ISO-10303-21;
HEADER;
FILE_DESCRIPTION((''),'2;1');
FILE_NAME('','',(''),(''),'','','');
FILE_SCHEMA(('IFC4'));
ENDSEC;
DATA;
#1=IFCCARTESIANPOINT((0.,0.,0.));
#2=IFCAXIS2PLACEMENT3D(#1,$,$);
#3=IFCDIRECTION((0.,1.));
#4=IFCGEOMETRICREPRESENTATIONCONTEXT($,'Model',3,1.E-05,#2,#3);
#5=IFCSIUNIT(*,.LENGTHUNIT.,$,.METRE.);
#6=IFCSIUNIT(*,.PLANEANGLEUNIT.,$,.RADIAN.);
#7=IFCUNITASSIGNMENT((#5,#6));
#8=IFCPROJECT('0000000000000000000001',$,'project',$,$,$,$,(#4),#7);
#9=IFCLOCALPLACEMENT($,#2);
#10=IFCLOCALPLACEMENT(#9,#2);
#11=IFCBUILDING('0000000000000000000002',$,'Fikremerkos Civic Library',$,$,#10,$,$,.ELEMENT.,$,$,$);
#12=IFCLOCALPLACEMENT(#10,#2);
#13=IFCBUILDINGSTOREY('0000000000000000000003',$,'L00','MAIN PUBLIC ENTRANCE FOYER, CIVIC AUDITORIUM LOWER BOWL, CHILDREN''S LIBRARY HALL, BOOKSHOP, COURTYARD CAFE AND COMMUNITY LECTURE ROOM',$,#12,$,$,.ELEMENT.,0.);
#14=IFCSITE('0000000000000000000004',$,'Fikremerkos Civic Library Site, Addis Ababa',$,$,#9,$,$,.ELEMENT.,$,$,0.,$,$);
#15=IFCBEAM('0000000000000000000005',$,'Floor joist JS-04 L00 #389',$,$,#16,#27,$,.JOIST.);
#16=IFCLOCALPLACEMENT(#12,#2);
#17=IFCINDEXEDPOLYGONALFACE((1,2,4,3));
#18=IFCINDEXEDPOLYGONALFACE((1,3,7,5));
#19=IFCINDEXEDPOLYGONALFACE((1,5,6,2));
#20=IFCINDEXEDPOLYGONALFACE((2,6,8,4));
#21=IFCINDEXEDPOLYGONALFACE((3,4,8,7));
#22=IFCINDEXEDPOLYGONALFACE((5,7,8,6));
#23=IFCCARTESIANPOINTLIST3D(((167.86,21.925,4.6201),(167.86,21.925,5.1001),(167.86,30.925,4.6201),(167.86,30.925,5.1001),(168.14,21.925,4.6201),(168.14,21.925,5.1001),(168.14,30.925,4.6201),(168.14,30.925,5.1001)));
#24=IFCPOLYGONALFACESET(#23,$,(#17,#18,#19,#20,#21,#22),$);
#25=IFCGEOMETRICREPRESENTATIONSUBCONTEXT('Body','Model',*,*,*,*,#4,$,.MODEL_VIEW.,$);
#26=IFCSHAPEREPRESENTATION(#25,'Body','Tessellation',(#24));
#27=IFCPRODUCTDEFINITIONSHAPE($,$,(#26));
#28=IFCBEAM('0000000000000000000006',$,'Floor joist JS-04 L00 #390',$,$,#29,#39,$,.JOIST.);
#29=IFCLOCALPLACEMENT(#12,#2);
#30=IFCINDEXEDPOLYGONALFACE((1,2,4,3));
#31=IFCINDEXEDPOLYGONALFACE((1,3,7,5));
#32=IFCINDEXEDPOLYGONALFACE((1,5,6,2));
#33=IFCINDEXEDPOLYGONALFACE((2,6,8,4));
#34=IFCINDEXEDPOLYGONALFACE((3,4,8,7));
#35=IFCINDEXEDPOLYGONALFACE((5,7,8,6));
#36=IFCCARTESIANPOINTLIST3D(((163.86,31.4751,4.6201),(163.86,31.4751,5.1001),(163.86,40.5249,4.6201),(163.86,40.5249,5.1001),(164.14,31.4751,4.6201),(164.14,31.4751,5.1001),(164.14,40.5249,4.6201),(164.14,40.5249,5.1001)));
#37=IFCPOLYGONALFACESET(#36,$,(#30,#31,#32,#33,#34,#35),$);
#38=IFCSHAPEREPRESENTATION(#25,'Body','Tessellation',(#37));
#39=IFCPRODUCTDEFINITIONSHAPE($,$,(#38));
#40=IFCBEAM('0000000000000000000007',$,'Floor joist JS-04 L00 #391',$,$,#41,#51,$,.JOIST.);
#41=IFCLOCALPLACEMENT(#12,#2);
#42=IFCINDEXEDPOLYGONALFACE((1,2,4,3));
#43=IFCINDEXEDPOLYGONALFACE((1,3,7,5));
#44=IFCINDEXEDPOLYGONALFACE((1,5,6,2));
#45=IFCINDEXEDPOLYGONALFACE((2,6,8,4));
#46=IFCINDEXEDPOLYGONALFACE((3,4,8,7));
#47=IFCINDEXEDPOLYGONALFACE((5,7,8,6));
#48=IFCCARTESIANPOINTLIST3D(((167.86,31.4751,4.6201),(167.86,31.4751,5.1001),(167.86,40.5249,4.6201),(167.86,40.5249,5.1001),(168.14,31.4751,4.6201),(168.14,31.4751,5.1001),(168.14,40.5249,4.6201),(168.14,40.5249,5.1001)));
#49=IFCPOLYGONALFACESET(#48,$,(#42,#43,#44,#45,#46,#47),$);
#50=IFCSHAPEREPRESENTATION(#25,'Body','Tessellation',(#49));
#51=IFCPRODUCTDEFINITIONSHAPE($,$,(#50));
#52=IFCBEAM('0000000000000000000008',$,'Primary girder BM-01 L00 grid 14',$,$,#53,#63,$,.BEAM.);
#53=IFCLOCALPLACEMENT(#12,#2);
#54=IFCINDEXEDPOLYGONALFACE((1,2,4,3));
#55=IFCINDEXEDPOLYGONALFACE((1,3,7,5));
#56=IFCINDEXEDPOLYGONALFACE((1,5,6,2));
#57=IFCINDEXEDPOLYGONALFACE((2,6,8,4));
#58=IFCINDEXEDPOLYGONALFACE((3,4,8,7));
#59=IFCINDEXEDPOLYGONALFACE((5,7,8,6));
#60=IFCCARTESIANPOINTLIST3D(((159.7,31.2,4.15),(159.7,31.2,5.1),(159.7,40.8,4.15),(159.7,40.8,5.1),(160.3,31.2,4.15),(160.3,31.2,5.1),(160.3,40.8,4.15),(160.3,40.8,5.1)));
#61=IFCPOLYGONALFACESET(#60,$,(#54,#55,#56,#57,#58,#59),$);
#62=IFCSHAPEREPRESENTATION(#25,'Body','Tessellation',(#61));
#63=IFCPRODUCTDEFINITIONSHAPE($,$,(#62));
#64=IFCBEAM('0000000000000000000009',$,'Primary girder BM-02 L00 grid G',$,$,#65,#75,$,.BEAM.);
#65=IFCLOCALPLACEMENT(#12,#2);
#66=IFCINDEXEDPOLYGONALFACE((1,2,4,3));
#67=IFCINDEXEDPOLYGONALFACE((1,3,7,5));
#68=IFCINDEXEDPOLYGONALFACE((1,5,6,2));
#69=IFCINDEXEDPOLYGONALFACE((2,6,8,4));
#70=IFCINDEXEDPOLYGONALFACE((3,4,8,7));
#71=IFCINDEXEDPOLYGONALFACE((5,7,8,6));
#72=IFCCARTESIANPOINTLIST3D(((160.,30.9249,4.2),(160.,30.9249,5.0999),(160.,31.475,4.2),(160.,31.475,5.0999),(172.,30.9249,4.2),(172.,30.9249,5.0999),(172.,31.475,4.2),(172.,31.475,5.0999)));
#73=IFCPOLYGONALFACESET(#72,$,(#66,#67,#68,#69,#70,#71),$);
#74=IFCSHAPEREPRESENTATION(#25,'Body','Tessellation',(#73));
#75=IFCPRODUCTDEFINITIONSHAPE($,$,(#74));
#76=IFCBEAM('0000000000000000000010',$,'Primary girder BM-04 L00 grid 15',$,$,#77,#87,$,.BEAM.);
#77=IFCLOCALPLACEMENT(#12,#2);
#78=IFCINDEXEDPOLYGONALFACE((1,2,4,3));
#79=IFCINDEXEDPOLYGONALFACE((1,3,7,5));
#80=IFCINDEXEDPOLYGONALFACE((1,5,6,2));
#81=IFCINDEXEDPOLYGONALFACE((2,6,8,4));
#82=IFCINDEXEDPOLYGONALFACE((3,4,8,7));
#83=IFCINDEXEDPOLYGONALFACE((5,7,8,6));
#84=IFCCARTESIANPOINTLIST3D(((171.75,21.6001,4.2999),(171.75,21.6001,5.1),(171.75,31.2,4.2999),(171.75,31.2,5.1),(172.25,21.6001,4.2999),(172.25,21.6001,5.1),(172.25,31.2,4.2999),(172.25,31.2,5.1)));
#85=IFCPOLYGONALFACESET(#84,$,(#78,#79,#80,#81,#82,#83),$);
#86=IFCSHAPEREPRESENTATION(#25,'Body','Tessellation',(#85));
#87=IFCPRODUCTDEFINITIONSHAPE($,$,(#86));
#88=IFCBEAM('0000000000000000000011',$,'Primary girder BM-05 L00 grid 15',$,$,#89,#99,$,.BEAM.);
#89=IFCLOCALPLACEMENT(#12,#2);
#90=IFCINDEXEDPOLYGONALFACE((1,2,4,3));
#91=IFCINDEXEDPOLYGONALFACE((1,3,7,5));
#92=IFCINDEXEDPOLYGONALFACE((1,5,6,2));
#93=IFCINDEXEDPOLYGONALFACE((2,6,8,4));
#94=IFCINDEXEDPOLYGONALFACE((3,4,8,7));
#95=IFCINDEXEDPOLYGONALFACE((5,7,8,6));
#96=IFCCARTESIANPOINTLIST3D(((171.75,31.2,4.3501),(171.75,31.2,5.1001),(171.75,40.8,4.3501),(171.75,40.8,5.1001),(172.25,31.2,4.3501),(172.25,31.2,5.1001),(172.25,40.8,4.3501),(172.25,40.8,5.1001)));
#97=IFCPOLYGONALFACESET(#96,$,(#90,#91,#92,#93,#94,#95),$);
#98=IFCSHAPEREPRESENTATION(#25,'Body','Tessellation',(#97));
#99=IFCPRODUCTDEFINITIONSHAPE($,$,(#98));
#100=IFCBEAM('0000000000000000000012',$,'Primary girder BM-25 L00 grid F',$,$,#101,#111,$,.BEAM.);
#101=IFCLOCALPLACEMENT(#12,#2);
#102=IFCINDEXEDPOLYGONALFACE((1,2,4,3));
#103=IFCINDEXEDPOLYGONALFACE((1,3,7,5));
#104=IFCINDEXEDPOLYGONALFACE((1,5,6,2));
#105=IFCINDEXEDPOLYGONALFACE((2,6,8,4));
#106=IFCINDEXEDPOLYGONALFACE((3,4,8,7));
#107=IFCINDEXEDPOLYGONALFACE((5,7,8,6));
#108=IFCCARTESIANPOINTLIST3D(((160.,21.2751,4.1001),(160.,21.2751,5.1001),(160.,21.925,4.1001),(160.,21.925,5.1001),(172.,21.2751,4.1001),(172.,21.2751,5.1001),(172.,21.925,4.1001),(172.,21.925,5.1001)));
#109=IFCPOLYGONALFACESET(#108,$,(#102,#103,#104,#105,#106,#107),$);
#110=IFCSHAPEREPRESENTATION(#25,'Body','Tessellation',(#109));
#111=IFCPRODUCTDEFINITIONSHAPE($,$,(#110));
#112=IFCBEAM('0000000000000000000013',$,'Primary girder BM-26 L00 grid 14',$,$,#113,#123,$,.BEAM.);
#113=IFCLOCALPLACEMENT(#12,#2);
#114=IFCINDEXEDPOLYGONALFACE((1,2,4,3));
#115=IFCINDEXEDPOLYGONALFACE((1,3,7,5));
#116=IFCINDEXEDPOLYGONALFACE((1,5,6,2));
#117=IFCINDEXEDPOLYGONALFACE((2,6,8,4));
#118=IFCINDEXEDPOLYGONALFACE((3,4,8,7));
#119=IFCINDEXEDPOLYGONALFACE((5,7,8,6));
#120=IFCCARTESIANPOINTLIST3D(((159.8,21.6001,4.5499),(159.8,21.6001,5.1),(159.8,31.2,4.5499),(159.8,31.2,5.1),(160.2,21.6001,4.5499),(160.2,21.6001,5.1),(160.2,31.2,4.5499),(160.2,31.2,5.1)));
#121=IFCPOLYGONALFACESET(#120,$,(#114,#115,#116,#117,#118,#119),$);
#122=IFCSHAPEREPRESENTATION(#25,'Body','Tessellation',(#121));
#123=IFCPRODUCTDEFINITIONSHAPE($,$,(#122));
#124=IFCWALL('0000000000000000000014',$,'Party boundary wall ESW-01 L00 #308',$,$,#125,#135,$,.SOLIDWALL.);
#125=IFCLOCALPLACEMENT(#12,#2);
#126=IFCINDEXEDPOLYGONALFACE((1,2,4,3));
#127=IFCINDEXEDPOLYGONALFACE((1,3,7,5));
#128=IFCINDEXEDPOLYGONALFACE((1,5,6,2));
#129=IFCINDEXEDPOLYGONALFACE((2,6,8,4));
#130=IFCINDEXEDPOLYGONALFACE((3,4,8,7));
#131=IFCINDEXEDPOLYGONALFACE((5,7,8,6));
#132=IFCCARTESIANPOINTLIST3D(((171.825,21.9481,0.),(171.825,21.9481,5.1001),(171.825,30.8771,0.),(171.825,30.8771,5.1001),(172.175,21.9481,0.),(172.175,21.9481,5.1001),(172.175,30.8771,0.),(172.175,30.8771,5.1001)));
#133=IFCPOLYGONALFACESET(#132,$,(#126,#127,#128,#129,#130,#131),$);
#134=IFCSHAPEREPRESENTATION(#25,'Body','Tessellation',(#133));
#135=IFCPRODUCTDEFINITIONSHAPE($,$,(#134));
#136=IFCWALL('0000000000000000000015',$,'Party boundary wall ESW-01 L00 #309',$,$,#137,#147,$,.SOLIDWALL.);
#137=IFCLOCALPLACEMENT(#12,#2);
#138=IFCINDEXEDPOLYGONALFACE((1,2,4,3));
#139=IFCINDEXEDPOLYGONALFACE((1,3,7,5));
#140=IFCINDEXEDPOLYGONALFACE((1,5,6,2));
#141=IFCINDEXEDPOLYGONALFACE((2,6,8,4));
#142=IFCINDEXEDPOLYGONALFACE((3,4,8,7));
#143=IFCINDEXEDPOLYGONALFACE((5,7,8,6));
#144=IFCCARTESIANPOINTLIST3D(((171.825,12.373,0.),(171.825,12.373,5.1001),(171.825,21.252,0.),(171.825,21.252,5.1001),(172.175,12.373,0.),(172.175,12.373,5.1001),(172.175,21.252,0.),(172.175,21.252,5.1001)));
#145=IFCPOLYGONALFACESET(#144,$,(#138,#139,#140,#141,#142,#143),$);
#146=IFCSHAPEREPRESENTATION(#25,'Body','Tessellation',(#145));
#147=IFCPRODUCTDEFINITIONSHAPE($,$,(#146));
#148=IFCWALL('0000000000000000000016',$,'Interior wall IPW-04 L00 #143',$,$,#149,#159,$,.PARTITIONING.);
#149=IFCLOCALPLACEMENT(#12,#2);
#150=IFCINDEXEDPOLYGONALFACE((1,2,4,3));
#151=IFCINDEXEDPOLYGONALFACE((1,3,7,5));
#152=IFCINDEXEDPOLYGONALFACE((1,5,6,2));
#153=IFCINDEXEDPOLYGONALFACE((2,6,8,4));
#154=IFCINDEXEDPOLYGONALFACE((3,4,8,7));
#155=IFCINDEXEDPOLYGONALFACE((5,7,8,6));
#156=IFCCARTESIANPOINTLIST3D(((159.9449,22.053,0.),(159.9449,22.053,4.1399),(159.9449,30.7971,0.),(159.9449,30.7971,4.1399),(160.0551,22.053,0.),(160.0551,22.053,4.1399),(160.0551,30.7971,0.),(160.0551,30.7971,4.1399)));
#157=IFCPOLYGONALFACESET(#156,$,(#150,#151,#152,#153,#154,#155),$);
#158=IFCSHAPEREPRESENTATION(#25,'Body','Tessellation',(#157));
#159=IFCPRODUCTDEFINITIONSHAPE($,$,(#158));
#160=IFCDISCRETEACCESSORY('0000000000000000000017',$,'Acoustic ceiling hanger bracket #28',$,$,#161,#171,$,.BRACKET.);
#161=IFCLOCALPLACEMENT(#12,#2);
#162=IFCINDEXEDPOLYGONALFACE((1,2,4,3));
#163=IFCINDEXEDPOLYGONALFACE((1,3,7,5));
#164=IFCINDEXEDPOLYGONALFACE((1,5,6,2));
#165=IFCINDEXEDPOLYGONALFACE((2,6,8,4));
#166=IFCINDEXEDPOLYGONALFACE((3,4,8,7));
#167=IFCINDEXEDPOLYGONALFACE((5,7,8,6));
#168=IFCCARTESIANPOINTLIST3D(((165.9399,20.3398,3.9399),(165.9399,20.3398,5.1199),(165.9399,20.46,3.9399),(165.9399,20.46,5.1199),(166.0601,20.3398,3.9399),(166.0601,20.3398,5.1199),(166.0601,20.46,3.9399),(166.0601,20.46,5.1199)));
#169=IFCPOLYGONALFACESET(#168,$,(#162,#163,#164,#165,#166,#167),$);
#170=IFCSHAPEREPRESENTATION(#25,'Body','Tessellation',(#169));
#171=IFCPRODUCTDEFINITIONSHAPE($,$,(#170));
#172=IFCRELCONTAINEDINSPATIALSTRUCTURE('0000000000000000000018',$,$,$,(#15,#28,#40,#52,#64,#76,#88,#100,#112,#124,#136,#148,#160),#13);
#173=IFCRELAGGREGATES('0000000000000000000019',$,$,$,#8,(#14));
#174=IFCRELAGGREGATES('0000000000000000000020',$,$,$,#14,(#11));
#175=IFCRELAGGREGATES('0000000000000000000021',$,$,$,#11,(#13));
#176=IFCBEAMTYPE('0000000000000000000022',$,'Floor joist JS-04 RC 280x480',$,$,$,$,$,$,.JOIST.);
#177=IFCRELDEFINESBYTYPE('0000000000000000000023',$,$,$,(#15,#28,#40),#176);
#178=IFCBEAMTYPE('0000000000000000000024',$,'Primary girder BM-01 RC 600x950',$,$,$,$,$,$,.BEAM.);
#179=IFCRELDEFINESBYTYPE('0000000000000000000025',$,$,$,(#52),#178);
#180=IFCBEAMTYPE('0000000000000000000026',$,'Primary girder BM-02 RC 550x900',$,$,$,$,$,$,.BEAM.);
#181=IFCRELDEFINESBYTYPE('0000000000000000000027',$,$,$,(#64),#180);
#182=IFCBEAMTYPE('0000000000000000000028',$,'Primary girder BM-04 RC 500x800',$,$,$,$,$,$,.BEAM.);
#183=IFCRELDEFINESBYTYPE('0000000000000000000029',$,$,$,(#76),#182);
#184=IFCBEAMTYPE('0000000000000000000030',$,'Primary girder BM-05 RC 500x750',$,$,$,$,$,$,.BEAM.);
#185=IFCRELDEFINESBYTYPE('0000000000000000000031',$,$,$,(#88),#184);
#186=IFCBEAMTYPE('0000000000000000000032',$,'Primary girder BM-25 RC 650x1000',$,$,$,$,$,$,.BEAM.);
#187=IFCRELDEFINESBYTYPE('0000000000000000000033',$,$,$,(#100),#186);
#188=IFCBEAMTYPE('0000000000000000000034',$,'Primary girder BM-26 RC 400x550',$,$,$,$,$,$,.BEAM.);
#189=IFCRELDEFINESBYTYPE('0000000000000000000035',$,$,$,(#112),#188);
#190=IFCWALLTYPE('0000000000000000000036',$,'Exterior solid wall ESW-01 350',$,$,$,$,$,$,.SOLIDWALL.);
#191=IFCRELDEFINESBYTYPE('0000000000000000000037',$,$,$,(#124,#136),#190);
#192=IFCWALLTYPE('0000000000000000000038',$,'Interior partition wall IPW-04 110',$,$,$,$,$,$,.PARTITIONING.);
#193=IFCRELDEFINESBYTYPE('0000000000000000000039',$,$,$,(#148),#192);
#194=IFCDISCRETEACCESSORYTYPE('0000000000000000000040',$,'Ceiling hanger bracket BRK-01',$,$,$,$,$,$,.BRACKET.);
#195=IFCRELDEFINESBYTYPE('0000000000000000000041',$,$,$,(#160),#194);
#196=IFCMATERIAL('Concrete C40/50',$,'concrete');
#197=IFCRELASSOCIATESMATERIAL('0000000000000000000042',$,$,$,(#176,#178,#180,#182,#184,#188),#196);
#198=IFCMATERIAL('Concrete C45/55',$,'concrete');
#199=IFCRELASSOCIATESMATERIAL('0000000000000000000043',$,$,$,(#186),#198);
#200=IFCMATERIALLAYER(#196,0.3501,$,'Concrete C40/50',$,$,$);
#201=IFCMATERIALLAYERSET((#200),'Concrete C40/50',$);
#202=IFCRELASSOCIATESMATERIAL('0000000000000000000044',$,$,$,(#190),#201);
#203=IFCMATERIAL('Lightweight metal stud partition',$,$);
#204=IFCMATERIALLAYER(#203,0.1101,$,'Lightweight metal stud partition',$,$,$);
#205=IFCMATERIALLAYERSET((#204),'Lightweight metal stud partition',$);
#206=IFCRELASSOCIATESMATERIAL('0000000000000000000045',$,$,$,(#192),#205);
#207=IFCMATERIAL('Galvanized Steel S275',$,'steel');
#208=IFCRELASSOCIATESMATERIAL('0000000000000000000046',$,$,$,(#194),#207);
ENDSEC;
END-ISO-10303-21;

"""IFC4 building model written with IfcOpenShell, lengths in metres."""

from ifc_helpers import new_model, si_unit, direction, frame, frame_2d, origin, origin_2d, place, context, subcontext, project, spatial, rectangle, extrude, material, layer, layer_set, material_profile, profile_set, type_object, element, save


model = new_model("IFC4")

# Units and contexts
model_context = context("Model", 3, precision=1e-05, world=origin(), true_north=direction((0.0, 1.0)))
body_context = subcontext(model_context, "Body", "Model", "MODEL_VIEW")
ifc_project = project(units=[si_unit("LENGTHUNIT", "METRE"), si_unit("PLANEANGLEUNIT", "RADIAN")], contexts=[model_context])

# Site, building, storey
site_placement = place(None, origin())
site = spatial("IfcSite", under=ifc_project, at=site_placement, Name="Fikremerkos Civic Library Site, Addis Ababa", CompositionType="ELEMENT", RefElevation=0.0)
building_placement = place(site_placement, origin())
building = spatial("IfcBuilding", under=site, at=building_placement, Name="Fikremerkos Civic Library", CompositionType="ELEMENT")
storey_placement = place(building_placement, origin())
storey = spatial("IfcBuildingStorey", under=building, at=storey_placement, Name="L00", Description="MAIN PUBLIC ENTRANCE FOYER, CIVIC AUDITORIUM LOWER BOWL, CHILDREN'S LIBRARY HALL, BOOKSHOP, COURTYARD CAFE AND COMMUNITY LECTURE ROOM", CompositionType="ELEMENT", Elevation=0.0)

# Shared definitions
ifc_material_1 = material(Name="Concrete C40/50", Category="concrete")
ifc_material_2 = material(Name="Concrete C45/55", Category="concrete")

# Beams
ifc_material_profile_1 = material_profile(ifc_material_1, rectangle(XDim=0.28, YDim=0.48, at=origin_2d()), Name="RC 280x480")
ifc_profile_set_1 = profile_set([ifc_material_profile_1], Name="Concrete C40/50")
beam_type_1 = type_object("IfcBeamType", Name="Floor joist JS-04 RC 280x480", PredefinedType="JOIST", material=ifc_profile_set_1)
for number, where, z_axis, x_axis, name in (
    (1, (168.0, 21.925, 4.8601), (0.0, 1.0, 0.0), (-1.0, 0.0, 0.0), "Floor joist JS-04 L00 #389"),
):
    element("IfcBeam", number, at=place(storey_placement, frame(where, z_axis=z_axis, x_axis=x_axis)), inside=storey, type_object=beam_type_1, Name=name, PredefinedType="JOIST", context=body_context, shape_type="SweptSolid", body=[
        extrude(rectangle(XDim=0.28, YDim=0.48, at=origin_2d()), origin(), (0.0, 0.0, 1.0), 9.0),
    ])
for number, where, z_axis, x_axis, name in (
    (2, (164.0, 31.4751, 4.8601), (0.0, 1.0, 0.0), (-1.0, 0.0, 0.0), "Floor joist JS-04 L00 #390"),
    (3, (168.0, 31.4751, 4.8601), (0.0, 1.0, 0.0), (-1.0, 0.0, 0.0), "Floor joist JS-04 L00 #391"),
):
    element("IfcBeam", number, at=place(storey_placement, frame(where, z_axis=z_axis, x_axis=x_axis)), inside=storey, type_object=beam_type_1, Name=name, PredefinedType="JOIST", context=body_context, shape_type="SweptSolid", body=[
        extrude(rectangle(XDim=0.28, YDim=0.48, at=origin_2d()), origin(), (0.0, 0.0, 1.0), 9.0498),
    ])
ifc_material_profile_2 = material_profile(ifc_material_1, rectangle(XDim=0.6001, YDim=0.95, at=origin_2d()), Name="RC 600x950")
ifc_profile_set_2 = profile_set([ifc_material_profile_2], Name="Concrete C40/50")
beam_type_2 = type_object("IfcBeamType", Name="Primary girder BM-01 RC 600x950", PredefinedType="BEAM", material=ifc_profile_set_2)
beam_1_placement = place(storey_placement, frame((160.0, 31.2, 4.625), z_axis=(0.0, 1.0, 0.0), x_axis=(-1.0, 0.0, 0.0)))
element("IfcBeam", 4, at=beam_1_placement, inside=storey, type_object=beam_type_2, Name="Primary girder BM-01 L00 grid 14", PredefinedType="BEAM", context=body_context, shape_type="SweptSolid", body=[
    extrude(rectangle(XDim=0.6001, YDim=0.95, at=origin_2d()), origin(), (0.0, 0.0, 1.0), 9.6001),
])
ifc_material_profile_3 = material_profile(ifc_material_1, rectangle(XDim=0.55, YDim=0.8999, at=origin_2d()), Name="RC 550x900")
ifc_profile_set_3 = profile_set([ifc_material_profile_3], Name="Concrete C40/50")
beam_type_3 = type_object("IfcBeamType", Name="Primary girder BM-02 RC 550x900", PredefinedType="BEAM", material=ifc_profile_set_3)
beam_2_placement = place(storey_placement, frame((160.0, 31.2, 4.6499), z_axis=(1.0, 0.0, 0.0), x_axis=(0.0, 1.0, 0.0)))
element("IfcBeam", 5, at=beam_2_placement, inside=storey, type_object=beam_type_3, Name="Primary girder BM-02 L00 grid G", PredefinedType="BEAM", context=body_context, shape_type="SweptSolid", body=[
    extrude(rectangle(XDim=0.55, YDim=0.8999, at=origin_2d()), origin(), (0.0, 0.0, 1.0), 12.0),
])
ifc_material_profile_4 = material_profile(ifc_material_1, rectangle(XDim=0.5, YDim=0.8, at=origin_2d()), Name="RC 500x800")
ifc_profile_set_4 = profile_set([ifc_material_profile_4], Name="Concrete C40/50")
beam_type_4 = type_object("IfcBeamType", Name="Primary girder BM-04 RC 500x800", PredefinedType="BEAM", material=ifc_profile_set_4)
beam_3_placement = place(storey_placement, frame((172.0, 21.6001, 4.7), z_axis=(0.0, 1.0, 0.0), x_axis=(-1.0, 0.0, 0.0)))
element("IfcBeam", 6, at=beam_3_placement, inside=storey, type_object=beam_type_4, Name="Primary girder BM-04 L00 grid 15", PredefinedType="BEAM", context=body_context, shape_type="SweptSolid", body=[
    extrude(rectangle(XDim=0.5, YDim=0.8, at=origin_2d()), origin(), (0.0, 0.0, 1.0), 9.5999),
])
ifc_material_profile_5 = material_profile(ifc_material_1, rectangle(XDim=0.5, YDim=0.75, at=origin_2d()), Name="RC 500x750")
ifc_profile_set_5 = profile_set([ifc_material_profile_5], Name="Concrete C40/50")
beam_type_5 = type_object("IfcBeamType", Name="Primary girder BM-05 RC 500x750", PredefinedType="BEAM", material=ifc_profile_set_5)
beam_4_placement = place(storey_placement, frame((172.0, 31.2, 4.7251), z_axis=(0.0, 1.0, 0.0), x_axis=(-1.0, 0.0, 0.0)))
element("IfcBeam", 7, at=beam_4_placement, inside=storey, type_object=beam_type_5, Name="Primary girder BM-05 L00 grid 15", PredefinedType="BEAM", context=body_context, shape_type="SweptSolid", body=[
    extrude(rectangle(XDim=0.5, YDim=0.75, at=origin_2d()), origin(), (0.0, 0.0, 1.0), 9.6001),
])
ifc_material_profile_6 = material_profile(ifc_material_2, rectangle(XDim=0.6499, YDim=1.0, at=origin_2d()), Name="RC 650x1000")
ifc_profile_set_6 = profile_set([ifc_material_profile_6], Name="Concrete C45/55")
beam_type_6 = type_object("IfcBeamType", Name="Primary girder BM-25 RC 650x1000", PredefinedType="BEAM", material=ifc_profile_set_6)
beam_5_placement = place(storey_placement, frame((160.0, 21.6001, 4.6001), z_axis=(1.0, 0.0, 0.0), x_axis=(0.0, 1.0, 0.0)))
element("IfcBeam", 8, at=beam_5_placement, inside=storey, type_object=beam_type_6, Name="Primary girder BM-25 L00 grid F", PredefinedType="BEAM", context=body_context, shape_type="SweptSolid", body=[
    extrude(rectangle(XDim=0.6499, YDim=1.0, at=origin_2d()), origin(), (0.0, 0.0, 1.0), 12.0),
])
ifc_material_profile_7 = material_profile(ifc_material_1, rectangle(XDim=0.3999, YDim=0.55, at=origin_2d()), Name="RC 400x550")
ifc_profile_set_7 = profile_set([ifc_material_profile_7], Name="Concrete C40/50")
beam_type_7 = type_object("IfcBeamType", Name="Primary girder BM-26 RC 400x550", PredefinedType="BEAM", material=ifc_profile_set_7)
beam_6_placement = place(storey_placement, frame((160.0, 21.6001, 4.825), z_axis=(0.0, 1.0, 0.0), x_axis=(-1.0, 0.0, 0.0)))
element("IfcBeam", 9, at=beam_6_placement, inside=storey, type_object=beam_type_7, Name="Primary girder BM-26 L00 grid 14", PredefinedType="BEAM", context=body_context, shape_type="SweptSolid", body=[
    extrude(rectangle(XDim=0.3999, YDim=0.55, at=origin_2d()), origin(), (0.0, 0.0, 1.0), 9.5999),
])

# Walls
ifc_layer_1 = layer(ifc_material_1, 0.3501, Name="Concrete C40/50")
ifc_layer_set_1 = layer_set([ifc_layer_1], Name="Concrete C40/50")
wall_type_1 = type_object("IfcWallType", Name="Exterior solid wall ESW-01 350", PredefinedType="SOLIDWALL", material=ifc_layer_set_1)
wall_1_placement = place(storey_placement, frame((172.0, 30.877, 0.0), z_axis=(0.0, 0.0, 1.0), x_axis=(0.0, -1.0, 0.0)))
element("IfcWall", 10, at=wall_1_placement, inside=storey, type_object=wall_type_1, Name="Party boundary wall ESW-01 L00 #308", PredefinedType="SOLIDWALL", context=body_context, shape_type="SweptSolid", body=[
    extrude(rectangle(XDim=8.929, YDim=0.3501, at=frame_2d((4.4644, 0.0))), origin(), (0.0, 0.0, 1.0), 5.1001),
])
wall_2_placement = place(storey_placement, frame((172.0, 21.252, 0.0), z_axis=(0.0, 0.0, 1.0), x_axis=(0.0, -1.0, 0.0)))
element("IfcWall", 11, at=wall_2_placement, inside=storey, type_object=wall_type_1, Name="Party boundary wall ESW-01 L00 #309", PredefinedType="SOLIDWALL", context=body_context, shape_type="SweptSolid", body=[
    extrude(rectangle(XDim=8.8789, YDim=0.3501, at=frame_2d((4.4395, 0.0))), origin(), (0.0, 0.0, 1.0), 5.1001),
])

# Wall
ifc_material_3 = material(Name="Lightweight metal stud partition")
ifc_layer_2 = layer(ifc_material_3, 0.1101, Name="Lightweight metal stud partition")
ifc_layer_set_2 = layer_set([ifc_layer_2], Name="Lightweight metal stud partition")
wall_type_2 = type_object("IfcWallType", Name="Interior partition wall IPW-04 110", PredefinedType="PARTITIONING", material=ifc_layer_set_2)
wall_3_placement = place(storey_placement, frame((160.0, 22.053, 0.0), z_axis=(0.0, 0.0, 1.0), x_axis=(0.0, 1.0, 0.0)))
element("IfcWall", 12, at=wall_3_placement, inside=storey, type_object=wall_type_2, Name="Interior wall IPW-04 L00 #143", PredefinedType="PARTITIONING", context=body_context, shape_type="SweptSolid", body=[
    extrude(rectangle(XDim=8.7441, YDim=0.1101, at=frame_2d((4.3721, 0.0))), origin(), (0.0, 0.0, 1.0), 4.1399),
])

# Discrete accessory
ifc_material_4 = material(Name="Galvanized Steel S275", Category="steel")
discrete_accessory_type = type_object("IfcDiscreteAccessoryType", Name="Ceiling hanger bracket BRK-01", PredefinedType="BRACKET", material=ifc_material_4)
discrete_accessory_placement = place(storey_placement, frame((166.0, 20.3999, 3.9399), z_axis=(0.0, 0.0, 1.0), x_axis=(1.0, 0.0, 0.0)))
element("IfcDiscreteAccessory", 13, at=discrete_accessory_placement, inside=storey, type_object=discrete_accessory_type, Name="Acoustic ceiling hanger bracket #28", PredefinedType="BRACKET", context=body_context, shape_type="SweptSolid", body=[
    extrude(rectangle(XDim=0.1201, YDim=0.1201, at=origin_2d()), origin(), (0.0, 0.0, 1.0), 1.1799),
])

save(model, "model.ifc")
